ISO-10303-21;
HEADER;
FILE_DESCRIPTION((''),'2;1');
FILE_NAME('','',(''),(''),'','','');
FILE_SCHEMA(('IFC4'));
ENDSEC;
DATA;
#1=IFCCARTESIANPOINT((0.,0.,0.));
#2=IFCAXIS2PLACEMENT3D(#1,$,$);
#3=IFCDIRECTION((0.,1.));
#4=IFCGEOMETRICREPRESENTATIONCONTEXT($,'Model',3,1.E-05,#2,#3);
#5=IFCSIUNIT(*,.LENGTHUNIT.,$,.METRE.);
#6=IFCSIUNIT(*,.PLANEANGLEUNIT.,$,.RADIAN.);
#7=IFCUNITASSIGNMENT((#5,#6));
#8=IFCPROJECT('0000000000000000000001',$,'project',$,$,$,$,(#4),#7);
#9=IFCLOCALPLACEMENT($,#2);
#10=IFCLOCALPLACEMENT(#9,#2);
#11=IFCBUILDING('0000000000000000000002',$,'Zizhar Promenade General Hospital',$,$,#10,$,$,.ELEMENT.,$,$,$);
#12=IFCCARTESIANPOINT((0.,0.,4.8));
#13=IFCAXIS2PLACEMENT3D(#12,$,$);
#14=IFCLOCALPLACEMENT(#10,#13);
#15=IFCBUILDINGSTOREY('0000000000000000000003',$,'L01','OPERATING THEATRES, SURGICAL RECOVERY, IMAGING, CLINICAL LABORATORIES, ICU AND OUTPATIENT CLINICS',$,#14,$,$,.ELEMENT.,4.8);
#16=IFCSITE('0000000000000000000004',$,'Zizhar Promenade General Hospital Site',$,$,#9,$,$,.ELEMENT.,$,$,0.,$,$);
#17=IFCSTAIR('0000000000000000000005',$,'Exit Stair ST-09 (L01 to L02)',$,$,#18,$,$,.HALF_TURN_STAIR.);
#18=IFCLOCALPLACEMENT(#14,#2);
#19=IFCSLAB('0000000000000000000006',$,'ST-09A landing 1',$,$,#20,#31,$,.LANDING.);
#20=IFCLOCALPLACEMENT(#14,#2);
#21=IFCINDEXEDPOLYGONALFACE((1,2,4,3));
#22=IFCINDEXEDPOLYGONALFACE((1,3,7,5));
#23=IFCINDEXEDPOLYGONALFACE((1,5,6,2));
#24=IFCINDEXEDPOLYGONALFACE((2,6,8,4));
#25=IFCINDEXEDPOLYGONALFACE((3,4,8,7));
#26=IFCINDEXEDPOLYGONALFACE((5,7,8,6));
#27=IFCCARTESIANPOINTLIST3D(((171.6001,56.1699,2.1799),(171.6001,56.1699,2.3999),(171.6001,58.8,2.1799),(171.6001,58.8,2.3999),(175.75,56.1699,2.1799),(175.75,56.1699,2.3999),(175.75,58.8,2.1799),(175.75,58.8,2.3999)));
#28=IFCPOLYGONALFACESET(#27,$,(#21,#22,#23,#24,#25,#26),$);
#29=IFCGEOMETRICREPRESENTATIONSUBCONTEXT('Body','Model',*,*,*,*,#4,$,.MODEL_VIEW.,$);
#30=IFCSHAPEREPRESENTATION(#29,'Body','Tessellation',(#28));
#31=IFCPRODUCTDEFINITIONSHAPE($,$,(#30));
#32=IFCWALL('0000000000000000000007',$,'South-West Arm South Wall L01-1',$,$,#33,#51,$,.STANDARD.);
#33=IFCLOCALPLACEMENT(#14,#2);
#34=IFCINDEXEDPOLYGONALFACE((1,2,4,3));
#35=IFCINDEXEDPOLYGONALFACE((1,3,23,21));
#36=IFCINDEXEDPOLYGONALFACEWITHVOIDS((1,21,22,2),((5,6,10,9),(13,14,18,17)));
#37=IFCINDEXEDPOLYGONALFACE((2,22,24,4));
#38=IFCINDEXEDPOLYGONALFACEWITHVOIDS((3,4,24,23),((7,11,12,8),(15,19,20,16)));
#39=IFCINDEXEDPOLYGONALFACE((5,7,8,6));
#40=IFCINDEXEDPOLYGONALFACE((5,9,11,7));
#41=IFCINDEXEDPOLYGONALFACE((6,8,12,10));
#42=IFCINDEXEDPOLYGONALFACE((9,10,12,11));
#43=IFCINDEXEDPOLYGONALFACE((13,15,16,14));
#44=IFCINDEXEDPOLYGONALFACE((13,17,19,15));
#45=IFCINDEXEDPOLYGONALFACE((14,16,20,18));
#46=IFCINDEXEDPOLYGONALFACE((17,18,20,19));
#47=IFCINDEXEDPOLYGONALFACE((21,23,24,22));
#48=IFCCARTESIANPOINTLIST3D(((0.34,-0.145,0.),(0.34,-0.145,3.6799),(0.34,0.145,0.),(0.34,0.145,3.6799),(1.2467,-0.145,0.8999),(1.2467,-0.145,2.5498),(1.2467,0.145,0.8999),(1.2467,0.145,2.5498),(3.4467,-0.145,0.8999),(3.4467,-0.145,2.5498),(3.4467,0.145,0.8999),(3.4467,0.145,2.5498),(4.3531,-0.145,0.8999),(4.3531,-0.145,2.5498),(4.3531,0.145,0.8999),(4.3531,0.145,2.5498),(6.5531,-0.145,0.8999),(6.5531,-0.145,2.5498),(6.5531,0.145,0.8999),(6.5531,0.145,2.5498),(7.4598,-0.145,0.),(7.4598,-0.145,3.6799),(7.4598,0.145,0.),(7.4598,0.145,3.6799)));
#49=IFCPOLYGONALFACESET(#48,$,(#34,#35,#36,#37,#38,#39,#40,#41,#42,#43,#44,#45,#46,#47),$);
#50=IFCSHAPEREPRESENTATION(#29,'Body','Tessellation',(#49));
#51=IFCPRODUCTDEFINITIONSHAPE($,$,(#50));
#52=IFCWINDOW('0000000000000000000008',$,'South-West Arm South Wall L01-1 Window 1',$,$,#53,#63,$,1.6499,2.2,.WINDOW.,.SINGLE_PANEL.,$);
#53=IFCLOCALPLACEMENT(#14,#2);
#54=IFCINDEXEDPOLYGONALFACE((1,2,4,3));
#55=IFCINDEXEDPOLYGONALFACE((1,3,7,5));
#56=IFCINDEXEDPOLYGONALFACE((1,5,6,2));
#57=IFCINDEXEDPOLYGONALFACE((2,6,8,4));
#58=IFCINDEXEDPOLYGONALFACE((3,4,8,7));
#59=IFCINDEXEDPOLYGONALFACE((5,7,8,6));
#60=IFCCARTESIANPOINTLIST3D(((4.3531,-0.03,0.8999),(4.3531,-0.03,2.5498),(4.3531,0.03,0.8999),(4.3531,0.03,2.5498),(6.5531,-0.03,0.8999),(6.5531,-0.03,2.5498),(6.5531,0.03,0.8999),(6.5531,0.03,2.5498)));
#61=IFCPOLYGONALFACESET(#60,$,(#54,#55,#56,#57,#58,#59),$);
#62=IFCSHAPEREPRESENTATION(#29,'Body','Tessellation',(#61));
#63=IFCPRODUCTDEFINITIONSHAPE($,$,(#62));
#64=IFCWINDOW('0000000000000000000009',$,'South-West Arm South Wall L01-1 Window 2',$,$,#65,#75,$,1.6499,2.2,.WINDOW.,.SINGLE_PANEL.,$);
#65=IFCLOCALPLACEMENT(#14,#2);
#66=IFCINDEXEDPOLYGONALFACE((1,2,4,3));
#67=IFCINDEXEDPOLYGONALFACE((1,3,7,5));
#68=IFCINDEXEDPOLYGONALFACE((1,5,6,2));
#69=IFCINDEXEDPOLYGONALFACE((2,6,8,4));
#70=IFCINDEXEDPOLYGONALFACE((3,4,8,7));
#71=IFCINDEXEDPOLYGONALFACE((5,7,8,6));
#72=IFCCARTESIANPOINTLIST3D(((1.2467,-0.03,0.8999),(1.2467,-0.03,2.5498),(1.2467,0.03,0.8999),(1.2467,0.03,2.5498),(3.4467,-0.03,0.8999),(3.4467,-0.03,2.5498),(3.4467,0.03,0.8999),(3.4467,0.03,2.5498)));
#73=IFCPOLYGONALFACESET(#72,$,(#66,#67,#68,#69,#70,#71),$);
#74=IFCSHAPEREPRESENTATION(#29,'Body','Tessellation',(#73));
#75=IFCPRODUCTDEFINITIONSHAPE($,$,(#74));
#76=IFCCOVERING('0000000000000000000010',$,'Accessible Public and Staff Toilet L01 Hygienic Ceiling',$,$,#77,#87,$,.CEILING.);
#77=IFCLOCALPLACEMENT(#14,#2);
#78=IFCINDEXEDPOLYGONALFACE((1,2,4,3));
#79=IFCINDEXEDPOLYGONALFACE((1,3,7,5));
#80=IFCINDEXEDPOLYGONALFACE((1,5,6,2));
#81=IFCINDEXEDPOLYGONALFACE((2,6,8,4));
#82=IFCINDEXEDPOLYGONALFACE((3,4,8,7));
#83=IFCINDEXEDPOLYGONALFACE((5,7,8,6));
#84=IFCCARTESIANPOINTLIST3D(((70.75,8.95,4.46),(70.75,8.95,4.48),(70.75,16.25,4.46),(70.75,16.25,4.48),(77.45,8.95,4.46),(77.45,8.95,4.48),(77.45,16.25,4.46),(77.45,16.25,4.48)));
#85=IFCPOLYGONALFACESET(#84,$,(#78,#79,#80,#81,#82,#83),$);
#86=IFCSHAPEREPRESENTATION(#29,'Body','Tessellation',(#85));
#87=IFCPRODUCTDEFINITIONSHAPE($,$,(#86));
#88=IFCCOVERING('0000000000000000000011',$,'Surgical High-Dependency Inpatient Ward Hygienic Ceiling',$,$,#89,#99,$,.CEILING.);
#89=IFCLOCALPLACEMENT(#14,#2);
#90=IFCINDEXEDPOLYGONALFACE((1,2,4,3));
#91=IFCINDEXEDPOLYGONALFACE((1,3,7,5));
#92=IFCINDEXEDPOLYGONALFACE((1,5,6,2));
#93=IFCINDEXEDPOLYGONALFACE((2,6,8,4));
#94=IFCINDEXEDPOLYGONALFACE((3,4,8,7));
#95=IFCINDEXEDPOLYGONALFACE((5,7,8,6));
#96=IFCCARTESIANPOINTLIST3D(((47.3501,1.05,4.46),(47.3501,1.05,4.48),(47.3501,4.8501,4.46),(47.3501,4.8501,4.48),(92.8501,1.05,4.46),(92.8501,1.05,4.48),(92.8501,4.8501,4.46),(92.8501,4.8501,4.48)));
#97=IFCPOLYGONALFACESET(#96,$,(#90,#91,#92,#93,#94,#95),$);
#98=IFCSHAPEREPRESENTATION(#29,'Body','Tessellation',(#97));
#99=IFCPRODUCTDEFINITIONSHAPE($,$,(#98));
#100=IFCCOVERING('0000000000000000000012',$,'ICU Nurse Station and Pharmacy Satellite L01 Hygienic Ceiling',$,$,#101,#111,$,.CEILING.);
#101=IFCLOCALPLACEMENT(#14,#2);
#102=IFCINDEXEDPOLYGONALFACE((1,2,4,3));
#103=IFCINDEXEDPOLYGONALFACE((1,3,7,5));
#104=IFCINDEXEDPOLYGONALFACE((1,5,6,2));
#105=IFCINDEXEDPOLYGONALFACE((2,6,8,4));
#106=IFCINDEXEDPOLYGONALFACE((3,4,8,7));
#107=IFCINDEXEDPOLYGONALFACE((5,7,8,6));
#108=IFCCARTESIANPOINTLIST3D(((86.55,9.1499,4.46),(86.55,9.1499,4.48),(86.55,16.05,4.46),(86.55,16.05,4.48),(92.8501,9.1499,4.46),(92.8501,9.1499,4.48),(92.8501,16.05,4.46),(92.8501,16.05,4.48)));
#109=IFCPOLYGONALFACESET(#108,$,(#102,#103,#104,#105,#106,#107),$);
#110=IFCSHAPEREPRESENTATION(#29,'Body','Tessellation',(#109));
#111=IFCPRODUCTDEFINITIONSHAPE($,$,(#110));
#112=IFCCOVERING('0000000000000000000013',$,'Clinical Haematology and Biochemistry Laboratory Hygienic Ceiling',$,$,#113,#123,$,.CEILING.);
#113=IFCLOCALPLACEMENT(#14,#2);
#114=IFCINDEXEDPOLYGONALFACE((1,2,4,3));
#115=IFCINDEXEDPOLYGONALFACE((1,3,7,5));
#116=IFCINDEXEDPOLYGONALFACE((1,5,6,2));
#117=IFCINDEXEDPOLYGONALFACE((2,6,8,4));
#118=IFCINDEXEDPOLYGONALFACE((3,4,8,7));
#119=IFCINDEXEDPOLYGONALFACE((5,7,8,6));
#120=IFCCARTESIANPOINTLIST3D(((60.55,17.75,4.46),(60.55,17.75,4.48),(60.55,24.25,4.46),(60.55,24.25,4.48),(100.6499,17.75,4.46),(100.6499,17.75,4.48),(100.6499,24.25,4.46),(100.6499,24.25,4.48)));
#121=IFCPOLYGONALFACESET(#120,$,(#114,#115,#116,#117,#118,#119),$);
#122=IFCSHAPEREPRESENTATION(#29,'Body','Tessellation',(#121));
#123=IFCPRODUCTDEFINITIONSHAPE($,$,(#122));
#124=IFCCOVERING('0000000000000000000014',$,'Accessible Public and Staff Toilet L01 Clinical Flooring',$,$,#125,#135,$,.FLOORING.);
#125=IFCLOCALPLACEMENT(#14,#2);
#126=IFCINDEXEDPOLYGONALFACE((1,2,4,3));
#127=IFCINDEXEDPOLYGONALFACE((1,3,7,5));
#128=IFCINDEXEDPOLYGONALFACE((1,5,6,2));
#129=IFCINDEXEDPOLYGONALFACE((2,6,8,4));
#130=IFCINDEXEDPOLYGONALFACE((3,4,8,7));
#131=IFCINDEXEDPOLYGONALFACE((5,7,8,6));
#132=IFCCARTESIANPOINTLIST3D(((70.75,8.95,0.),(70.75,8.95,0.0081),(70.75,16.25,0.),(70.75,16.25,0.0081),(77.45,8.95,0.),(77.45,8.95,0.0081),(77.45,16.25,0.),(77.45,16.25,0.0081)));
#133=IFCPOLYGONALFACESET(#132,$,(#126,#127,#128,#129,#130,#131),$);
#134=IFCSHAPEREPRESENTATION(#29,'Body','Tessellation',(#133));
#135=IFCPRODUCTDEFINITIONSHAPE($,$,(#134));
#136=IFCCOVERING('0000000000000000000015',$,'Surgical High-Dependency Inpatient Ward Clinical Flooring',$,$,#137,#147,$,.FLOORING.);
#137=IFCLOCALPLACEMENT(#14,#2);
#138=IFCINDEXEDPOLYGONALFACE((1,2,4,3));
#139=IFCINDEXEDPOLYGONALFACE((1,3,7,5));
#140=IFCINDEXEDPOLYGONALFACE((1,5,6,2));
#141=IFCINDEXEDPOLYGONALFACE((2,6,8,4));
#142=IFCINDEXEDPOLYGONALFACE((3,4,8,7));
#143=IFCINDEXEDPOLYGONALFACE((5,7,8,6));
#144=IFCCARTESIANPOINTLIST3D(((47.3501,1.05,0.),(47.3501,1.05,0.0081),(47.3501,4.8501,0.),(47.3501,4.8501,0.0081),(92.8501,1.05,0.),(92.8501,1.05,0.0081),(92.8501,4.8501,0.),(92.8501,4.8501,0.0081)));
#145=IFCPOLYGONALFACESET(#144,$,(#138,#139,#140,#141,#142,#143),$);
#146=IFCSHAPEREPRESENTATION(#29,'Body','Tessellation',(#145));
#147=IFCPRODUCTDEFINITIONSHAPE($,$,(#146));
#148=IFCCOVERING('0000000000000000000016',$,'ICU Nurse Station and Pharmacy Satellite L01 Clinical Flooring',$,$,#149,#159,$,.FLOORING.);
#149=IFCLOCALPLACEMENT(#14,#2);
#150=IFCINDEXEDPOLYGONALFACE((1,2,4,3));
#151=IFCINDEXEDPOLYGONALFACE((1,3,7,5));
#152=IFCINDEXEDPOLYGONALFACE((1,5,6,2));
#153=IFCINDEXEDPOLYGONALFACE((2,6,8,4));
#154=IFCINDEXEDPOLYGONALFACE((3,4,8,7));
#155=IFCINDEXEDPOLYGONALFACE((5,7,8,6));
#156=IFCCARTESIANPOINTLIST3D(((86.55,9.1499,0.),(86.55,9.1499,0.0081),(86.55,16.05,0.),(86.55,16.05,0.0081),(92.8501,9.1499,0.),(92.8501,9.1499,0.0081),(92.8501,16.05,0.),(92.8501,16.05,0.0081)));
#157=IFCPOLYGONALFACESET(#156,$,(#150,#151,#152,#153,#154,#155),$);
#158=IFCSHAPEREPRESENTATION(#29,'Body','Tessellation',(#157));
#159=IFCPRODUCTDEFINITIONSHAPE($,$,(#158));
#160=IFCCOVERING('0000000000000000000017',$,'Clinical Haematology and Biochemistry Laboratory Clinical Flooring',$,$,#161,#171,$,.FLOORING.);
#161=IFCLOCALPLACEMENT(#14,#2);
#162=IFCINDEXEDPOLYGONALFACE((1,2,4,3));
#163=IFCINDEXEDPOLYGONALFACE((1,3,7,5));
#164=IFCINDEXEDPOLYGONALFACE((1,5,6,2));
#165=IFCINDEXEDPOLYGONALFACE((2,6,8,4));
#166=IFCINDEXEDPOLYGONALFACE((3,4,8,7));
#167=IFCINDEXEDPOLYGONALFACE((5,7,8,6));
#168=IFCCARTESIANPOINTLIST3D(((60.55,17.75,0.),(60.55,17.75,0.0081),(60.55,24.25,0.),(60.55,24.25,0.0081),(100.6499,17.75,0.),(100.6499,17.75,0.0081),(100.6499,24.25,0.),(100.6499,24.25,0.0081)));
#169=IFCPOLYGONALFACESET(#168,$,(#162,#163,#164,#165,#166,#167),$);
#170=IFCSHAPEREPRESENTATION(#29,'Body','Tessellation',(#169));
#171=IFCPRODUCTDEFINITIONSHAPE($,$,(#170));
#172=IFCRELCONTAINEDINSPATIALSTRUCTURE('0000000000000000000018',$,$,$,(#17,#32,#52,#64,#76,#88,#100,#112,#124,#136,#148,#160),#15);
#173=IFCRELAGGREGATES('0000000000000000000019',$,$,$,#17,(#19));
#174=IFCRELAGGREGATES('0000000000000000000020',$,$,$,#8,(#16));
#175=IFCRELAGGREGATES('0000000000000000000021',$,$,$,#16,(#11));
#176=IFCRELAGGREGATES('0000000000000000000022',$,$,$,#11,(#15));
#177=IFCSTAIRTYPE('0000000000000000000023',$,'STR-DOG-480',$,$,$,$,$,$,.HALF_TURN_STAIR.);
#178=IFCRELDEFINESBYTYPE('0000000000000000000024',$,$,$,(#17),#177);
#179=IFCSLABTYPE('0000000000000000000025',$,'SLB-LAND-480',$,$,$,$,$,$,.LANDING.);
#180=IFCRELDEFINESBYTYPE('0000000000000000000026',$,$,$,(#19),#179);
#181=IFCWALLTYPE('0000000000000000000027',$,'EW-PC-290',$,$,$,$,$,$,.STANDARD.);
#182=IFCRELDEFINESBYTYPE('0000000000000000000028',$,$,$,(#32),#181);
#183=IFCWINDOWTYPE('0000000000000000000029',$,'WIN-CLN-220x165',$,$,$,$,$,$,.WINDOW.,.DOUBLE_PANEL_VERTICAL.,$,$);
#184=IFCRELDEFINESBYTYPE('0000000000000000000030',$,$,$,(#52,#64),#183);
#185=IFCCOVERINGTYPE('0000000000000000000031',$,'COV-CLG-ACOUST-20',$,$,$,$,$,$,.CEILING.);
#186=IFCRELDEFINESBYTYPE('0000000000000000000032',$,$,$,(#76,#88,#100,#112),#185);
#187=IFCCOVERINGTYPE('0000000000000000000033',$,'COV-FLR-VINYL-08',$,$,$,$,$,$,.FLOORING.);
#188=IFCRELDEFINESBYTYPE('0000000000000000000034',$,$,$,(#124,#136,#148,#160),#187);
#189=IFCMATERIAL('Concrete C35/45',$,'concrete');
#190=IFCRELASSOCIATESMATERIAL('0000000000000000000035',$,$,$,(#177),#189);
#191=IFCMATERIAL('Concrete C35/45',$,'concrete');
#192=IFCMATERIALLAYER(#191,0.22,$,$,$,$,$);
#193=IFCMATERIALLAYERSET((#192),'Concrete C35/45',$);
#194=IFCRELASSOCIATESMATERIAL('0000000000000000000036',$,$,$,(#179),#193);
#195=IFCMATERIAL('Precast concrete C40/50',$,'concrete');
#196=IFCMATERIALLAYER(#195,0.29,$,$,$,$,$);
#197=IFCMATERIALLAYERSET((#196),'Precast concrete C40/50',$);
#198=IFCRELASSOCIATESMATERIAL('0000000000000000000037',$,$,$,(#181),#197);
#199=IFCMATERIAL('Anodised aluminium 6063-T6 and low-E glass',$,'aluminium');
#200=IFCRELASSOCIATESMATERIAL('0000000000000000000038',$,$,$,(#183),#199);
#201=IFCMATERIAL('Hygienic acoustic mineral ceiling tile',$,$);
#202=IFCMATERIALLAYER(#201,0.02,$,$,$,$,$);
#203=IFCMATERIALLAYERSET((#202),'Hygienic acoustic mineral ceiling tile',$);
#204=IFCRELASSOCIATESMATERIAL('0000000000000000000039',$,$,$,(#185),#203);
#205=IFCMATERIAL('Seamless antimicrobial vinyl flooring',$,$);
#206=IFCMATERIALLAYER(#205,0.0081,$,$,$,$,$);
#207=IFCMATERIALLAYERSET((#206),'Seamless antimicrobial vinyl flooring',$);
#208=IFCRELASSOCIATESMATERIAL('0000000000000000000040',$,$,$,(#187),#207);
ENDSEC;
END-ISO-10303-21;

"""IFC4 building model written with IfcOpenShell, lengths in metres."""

from ifc_helpers import new_model, si_unit, direction, frame, frame_2d, origin, place, context, subcontext, project, spatial, polyline, rectangle, outline, extrude, material, layer, layer_set, type_object, element, fill, aggregate, save


model = new_model("IFC4")

# Units and contexts
model_context = context("Model", 3, precision=1e-05, world=origin(), true_north=direction((0.0, 1.0)))
body_context = subcontext(model_context, "Body", "Model", "MODEL_VIEW")
ifc_project = project(units=[si_unit("LENGTHUNIT", "METRE"), si_unit("PLANEANGLEUNIT", "RADIAN")], contexts=[model_context])

# Site, building, storey
site_placement = place(None, origin())
site = spatial("IfcSite", under=ifc_project, at=site_placement, Name="Zizhar Promenade General Hospital Site", CompositionType="ELEMENT", RefElevation=0.0)
building_placement = place(site_placement, origin())
building = spatial("IfcBuilding", under=site, at=building_placement, Name="Zizhar Promenade General Hospital", CompositionType="ELEMENT")
storey_placement = place(building_placement, frame((0.0, 0.0, 4.8)))
storey = spatial("IfcBuildingStorey", under=building, at=storey_placement, Name="L01", Description="OPERATING THEATRES, SURGICAL RECOVERY, IMAGING, CLINICAL LABORATORIES, ICU AND OUTPATIENT CLINICS", CompositionType="ELEMENT", Elevation=4.8)

# Stair, slab
ifc_material_1 = material(Name="Concrete C35/45", Category="concrete")
stair_type = type_object("IfcStairType", Name="STR-DOG-480", PredefinedType="HALF_TURN_STAIR", material=ifc_material_1)
ifc_material_2 = material(Name="Concrete C35/45", Category="concrete")
ifc_layer_1 = layer(ifc_material_2, 0.22)
ifc_layer_set_1 = layer_set([ifc_layer_1], Name="Concrete C35/45")
slab_type = type_object("IfcSlabType", Name="SLB-LAND-480", PredefinedType="LANDING", material=ifc_layer_set_1)
stair_1_placement = place(storey_placement, origin())
stair_1 = element("IfcStair", 1, at=stair_1_placement, inside=storey, type_object=stair_type, Name="Exit Stair ST-09 (L01 to L02)", PredefinedType="HALF_TURN_STAIR")
slab_1_placement = place(storey_placement, frame((0.0, 0.0, 2.1799)))
slab_1 = element("IfcSlab", 2, at=slab_1_placement, type_object=slab_type, Name="ST-09A landing 1", PredefinedType="LANDING", context=body_context, shape_type="SweptSolid", body=[
    extrude(outline(polyline([(171.6001, 56.1699), (175.75, 56.1699), (175.75, 58.8), (171.6001, 58.8), (171.6001, 56.1699)])), origin(), (0.0, 0.0, 1.0), 0.22),
])
aggregate(stair_1, [slab_1])

# Wall, openings, windows
ifc_material_3 = material(Name="Precast concrete C40/50", Category="concrete")
ifc_layer_2 = layer(ifc_material_3, 0.29)
ifc_layer_set_2 = layer_set([ifc_layer_2], Name="Precast concrete C40/50")
wall_type = type_object("IfcWallType", Name="EW-PC-290", PredefinedType="STANDARD", material=ifc_layer_set_2)
wall_placement = place(storey_placement, frame((7.46, 0.0, 0.0), z_axis=(0.0, 0.0, 1.0), x_axis=(-1.0, 0.0, 0.0)))
wall = element("IfcWall", 3, at=wall_placement, inside=storey, type_object=wall_type, Name="South-West Arm South Wall L01-1", PredefinedType="STANDARD", context=body_context, shape_type="SweptSolid", body=[
    extrude(rectangle(XDim=7.1199, YDim=0.29, at=frame_2d((3.5601, 0.0))), origin(), (0.0, 0.0, 1.0), 3.6799),
])
opening_1_placement = place(wall_placement, frame((0.9067, 0.0, 0.8999)))
opening_1 = element("IfcOpeningElement", 4, at=opening_1_placement, cuts=wall, PredefinedType="OPENING", context=body_context, shape_type="SweptSolid", body=[
    extrude(rectangle(XDim=2.2, YDim=1.6499, at=frame_2d((1.1001, 0.825))), frame((0.0, 0.155, 0.0), z_axis=(0.0, -1.0, 0.0), x_axis=(1.0, 0.0, 0.0)), (0.0, 0.0, 1.0), 0.3101),
])
opening_2_placement = place(wall_placement, frame((4.0132, 0.0, 0.8999)))
opening_2 = element("IfcOpeningElement", 5, at=opening_2_placement, cuts=wall, PredefinedType="OPENING", context=body_context, shape_type="SweptSolid", body=[
    extrude(rectangle(XDim=2.2, YDim=1.6499, at=frame_2d((1.1001, 0.825))), frame((0.0, 0.155, 0.0), z_axis=(0.0, -1.0, 0.0), x_axis=(1.0, 0.0, 0.0)), (0.0, 0.0, 1.0), 0.3101),
])
ifc_material_4 = material(Name="Anodised aluminium 6063-T6 and low-E glass", Category="aluminium")
window_type = type_object("IfcWindowType", Name="WIN-CLN-220x165", PartitioningType="DOUBLE_PANEL_VERTICAL", PredefinedType="WINDOW", material=ifc_material_4)
window_1_placement = place(opening_1_placement, origin())
window_1 = element("IfcWindow", 6, at=window_1_placement, inside=storey, type_object=window_type, Name="South-West Arm South Wall L01-1 Window 1", OverallHeight=1.6499, OverallWidth=2.2, PartitioningType="SINGLE_PANEL", PredefinedType="WINDOW", context=body_context, shape_type="SweptSolid", body=[
    extrude(rectangle(XDim=2.2, YDim=1.6499, at=frame_2d((1.1001, 0.825))), frame((0.0, 0.03, 0.0), z_axis=(0.0, -1.0, 0.0), x_axis=(1.0, 0.0, 0.0)), (0.0, 0.0, 1.0), 0.0601),
])
fill(opening_1, window_1)
window_2_placement = place(opening_2_placement, origin())
window_2 = element("IfcWindow", 7, at=window_2_placement, inside=storey, type_object=window_type, Name="South-West Arm South Wall L01-1 Window 2", OverallHeight=1.6499, OverallWidth=2.2, PartitioningType="SINGLE_PANEL", PredefinedType="WINDOW", context=body_context, shape_type="SweptSolid", body=[
    extrude(rectangle(XDim=2.2, YDim=1.6499, at=frame_2d((1.1001, 0.825))), frame((0.0, 0.03, 0.0), z_axis=(0.0, -1.0, 0.0), x_axis=(1.0, 0.0, 0.0)), (0.0, 0.0, 1.0), 0.0601),
])
fill(opening_2, window_2)

# Coverings
ifc_material_5 = material(Name="Hygienic acoustic mineral ceiling tile")
ifc_layer_3 = layer(ifc_material_5, 0.02)
ifc_layer_set_3 = layer_set([ifc_layer_3], Name="Hygienic acoustic mineral ceiling tile")
covering_type_1 = type_object("IfcCoveringType", Name="COV-CLG-ACOUST-20", PredefinedType="CEILING", material=ifc_layer_set_3)
covering_1_placement = place(storey_placement, frame((0.0, 0.0, 4.46)))
element("IfcCovering", 8, at=covering_1_placement, inside=storey, type_object=covering_type_1, Name="Accessible Public and Staff Toilet L01 Hygienic Ceiling", PredefinedType="CEILING", context=body_context, shape_type="SweptSolid", body=[
    extrude(outline(polyline([(70.75, 8.95), (77.45, 8.95), (77.45, 16.25), (70.75, 16.25), (70.75, 8.95)])), origin(), (0.0, 0.0, 1.0), 0.02),
])
covering_2_placement = place(storey_placement, frame((0.0, 0.0, 4.46)))
element("IfcCovering", 9, at=covering_2_placement, inside=storey, type_object=covering_type_1, Name="Surgical High-Dependency Inpatient Ward Hygienic Ceiling", PredefinedType="CEILING", context=body_context, shape_type="SweptSolid", body=[
    extrude(outline(polyline([(47.3501, 1.05), (92.8501, 1.05), (92.8501, 4.8501), (47.3501, 4.8501), (47.3501, 1.05)])), origin(), (0.0, 0.0, 1.0), 0.02),
])
covering_3_placement = place(storey_placement, frame((0.0, 0.0, 4.46)))
element("IfcCovering", 10, at=covering_3_placement, inside=storey, type_object=covering_type_1, Name="ICU Nurse Station and Pharmacy Satellite L01 Hygienic Ceiling", PredefinedType="CEILING", context=body_context, shape_type="SweptSolid", body=[
    extrude(outline(polyline([(86.55, 9.1499), (92.8501, 9.1499), (92.8501, 16.05), (86.55, 16.05), (86.55, 9.1499)])), origin(), (0.0, 0.0, 1.0), 0.02),
])
covering_4_placement = place(storey_placement, frame((0.0, 0.0, 4.46)))
element("IfcCovering", 11, at=covering_4_placement, inside=storey, type_object=covering_type_1, Name="Clinical Haematology and Biochemistry Laboratory Hygienic Ceiling", PredefinedType="CEILING", context=body_context, shape_type="SweptSolid", body=[
    extrude(outline(polyline([(60.55, 17.75), (100.6499, 17.75), (100.6499, 24.25), (60.55, 24.25), (60.55, 17.75)])), origin(), (0.0, 0.0, 1.0), 0.02),
])
ifc_material_6 = material(Name="Seamless antimicrobial vinyl flooring")
ifc_layer_4 = layer(ifc_material_6, 0.0081)
ifc_layer_set_4 = layer_set([ifc_layer_4], Name="Seamless antimicrobial vinyl flooring")
covering_type_2 = type_object("IfcCoveringType", Name="COV-FLR-VINYL-08", PredefinedType="FLOORING", material=ifc_layer_set_4)
covering_5_placement = place(storey_placement, origin())
element("IfcCovering", 12, at=covering_5_placement, inside=storey, type_object=covering_type_2, Name="Accessible Public and Staff Toilet L01 Clinical Flooring", PredefinedType="FLOORING", context=body_context, shape_type="SweptSolid", body=[
    extrude(outline(polyline([(70.75, 8.95), (77.45, 8.95), (77.45, 16.25), (70.75, 16.25), (70.75, 8.95)])), origin(), (0.0, 0.0, 1.0), 0.0081),
])
covering_6_placement = place(storey_placement, origin())
element("IfcCovering", 13, at=covering_6_placement, inside=storey, type_object=covering_type_2, Name="Surgical High-Dependency Inpatient Ward Clinical Flooring", PredefinedType="FLOORING", context=body_context, shape_type="SweptSolid", body=[
    extrude(outline(polyline([(47.3501, 1.05), (92.8501, 1.05), (92.8501, 4.8501), (47.3501, 4.8501), (47.3501, 1.05)])), origin(), (0.0, 0.0, 1.0), 0.0081),
])
covering_7_placement = place(storey_placement, origin())
element("IfcCovering", 14, at=covering_7_placement, inside=storey, type_object=covering_type_2, Name="ICU Nurse Station and Pharmacy Satellite L01 Clinical Flooring", PredefinedType="FLOORING", context=body_context, shape_type="SweptSolid", body=[
    extrude(outline(polyline([(86.55, 9.1499), (92.8501, 9.1499), (92.8501, 16.05), (86.55, 16.05), (86.55, 9.1499)])), origin(), (0.0, 0.0, 1.0), 0.0081),
])
covering_8_placement = place(storey_placement, origin())
element("IfcCovering", 15, at=covering_8_placement, inside=storey, type_object=covering_type_2, Name="Clinical Haematology and Biochemistry Laboratory Clinical Flooring", PredefinedType="FLOORING", context=body_context, shape_type="SweptSolid", body=[
    extrude(outline(polyline([(60.55, 17.75), (100.6499, 17.75), (100.6499, 24.25), (60.55, 24.25), (60.55, 17.75)])), origin(), (0.0, 0.0, 1.0), 0.0081),
])

save(model, "model.ifc")
